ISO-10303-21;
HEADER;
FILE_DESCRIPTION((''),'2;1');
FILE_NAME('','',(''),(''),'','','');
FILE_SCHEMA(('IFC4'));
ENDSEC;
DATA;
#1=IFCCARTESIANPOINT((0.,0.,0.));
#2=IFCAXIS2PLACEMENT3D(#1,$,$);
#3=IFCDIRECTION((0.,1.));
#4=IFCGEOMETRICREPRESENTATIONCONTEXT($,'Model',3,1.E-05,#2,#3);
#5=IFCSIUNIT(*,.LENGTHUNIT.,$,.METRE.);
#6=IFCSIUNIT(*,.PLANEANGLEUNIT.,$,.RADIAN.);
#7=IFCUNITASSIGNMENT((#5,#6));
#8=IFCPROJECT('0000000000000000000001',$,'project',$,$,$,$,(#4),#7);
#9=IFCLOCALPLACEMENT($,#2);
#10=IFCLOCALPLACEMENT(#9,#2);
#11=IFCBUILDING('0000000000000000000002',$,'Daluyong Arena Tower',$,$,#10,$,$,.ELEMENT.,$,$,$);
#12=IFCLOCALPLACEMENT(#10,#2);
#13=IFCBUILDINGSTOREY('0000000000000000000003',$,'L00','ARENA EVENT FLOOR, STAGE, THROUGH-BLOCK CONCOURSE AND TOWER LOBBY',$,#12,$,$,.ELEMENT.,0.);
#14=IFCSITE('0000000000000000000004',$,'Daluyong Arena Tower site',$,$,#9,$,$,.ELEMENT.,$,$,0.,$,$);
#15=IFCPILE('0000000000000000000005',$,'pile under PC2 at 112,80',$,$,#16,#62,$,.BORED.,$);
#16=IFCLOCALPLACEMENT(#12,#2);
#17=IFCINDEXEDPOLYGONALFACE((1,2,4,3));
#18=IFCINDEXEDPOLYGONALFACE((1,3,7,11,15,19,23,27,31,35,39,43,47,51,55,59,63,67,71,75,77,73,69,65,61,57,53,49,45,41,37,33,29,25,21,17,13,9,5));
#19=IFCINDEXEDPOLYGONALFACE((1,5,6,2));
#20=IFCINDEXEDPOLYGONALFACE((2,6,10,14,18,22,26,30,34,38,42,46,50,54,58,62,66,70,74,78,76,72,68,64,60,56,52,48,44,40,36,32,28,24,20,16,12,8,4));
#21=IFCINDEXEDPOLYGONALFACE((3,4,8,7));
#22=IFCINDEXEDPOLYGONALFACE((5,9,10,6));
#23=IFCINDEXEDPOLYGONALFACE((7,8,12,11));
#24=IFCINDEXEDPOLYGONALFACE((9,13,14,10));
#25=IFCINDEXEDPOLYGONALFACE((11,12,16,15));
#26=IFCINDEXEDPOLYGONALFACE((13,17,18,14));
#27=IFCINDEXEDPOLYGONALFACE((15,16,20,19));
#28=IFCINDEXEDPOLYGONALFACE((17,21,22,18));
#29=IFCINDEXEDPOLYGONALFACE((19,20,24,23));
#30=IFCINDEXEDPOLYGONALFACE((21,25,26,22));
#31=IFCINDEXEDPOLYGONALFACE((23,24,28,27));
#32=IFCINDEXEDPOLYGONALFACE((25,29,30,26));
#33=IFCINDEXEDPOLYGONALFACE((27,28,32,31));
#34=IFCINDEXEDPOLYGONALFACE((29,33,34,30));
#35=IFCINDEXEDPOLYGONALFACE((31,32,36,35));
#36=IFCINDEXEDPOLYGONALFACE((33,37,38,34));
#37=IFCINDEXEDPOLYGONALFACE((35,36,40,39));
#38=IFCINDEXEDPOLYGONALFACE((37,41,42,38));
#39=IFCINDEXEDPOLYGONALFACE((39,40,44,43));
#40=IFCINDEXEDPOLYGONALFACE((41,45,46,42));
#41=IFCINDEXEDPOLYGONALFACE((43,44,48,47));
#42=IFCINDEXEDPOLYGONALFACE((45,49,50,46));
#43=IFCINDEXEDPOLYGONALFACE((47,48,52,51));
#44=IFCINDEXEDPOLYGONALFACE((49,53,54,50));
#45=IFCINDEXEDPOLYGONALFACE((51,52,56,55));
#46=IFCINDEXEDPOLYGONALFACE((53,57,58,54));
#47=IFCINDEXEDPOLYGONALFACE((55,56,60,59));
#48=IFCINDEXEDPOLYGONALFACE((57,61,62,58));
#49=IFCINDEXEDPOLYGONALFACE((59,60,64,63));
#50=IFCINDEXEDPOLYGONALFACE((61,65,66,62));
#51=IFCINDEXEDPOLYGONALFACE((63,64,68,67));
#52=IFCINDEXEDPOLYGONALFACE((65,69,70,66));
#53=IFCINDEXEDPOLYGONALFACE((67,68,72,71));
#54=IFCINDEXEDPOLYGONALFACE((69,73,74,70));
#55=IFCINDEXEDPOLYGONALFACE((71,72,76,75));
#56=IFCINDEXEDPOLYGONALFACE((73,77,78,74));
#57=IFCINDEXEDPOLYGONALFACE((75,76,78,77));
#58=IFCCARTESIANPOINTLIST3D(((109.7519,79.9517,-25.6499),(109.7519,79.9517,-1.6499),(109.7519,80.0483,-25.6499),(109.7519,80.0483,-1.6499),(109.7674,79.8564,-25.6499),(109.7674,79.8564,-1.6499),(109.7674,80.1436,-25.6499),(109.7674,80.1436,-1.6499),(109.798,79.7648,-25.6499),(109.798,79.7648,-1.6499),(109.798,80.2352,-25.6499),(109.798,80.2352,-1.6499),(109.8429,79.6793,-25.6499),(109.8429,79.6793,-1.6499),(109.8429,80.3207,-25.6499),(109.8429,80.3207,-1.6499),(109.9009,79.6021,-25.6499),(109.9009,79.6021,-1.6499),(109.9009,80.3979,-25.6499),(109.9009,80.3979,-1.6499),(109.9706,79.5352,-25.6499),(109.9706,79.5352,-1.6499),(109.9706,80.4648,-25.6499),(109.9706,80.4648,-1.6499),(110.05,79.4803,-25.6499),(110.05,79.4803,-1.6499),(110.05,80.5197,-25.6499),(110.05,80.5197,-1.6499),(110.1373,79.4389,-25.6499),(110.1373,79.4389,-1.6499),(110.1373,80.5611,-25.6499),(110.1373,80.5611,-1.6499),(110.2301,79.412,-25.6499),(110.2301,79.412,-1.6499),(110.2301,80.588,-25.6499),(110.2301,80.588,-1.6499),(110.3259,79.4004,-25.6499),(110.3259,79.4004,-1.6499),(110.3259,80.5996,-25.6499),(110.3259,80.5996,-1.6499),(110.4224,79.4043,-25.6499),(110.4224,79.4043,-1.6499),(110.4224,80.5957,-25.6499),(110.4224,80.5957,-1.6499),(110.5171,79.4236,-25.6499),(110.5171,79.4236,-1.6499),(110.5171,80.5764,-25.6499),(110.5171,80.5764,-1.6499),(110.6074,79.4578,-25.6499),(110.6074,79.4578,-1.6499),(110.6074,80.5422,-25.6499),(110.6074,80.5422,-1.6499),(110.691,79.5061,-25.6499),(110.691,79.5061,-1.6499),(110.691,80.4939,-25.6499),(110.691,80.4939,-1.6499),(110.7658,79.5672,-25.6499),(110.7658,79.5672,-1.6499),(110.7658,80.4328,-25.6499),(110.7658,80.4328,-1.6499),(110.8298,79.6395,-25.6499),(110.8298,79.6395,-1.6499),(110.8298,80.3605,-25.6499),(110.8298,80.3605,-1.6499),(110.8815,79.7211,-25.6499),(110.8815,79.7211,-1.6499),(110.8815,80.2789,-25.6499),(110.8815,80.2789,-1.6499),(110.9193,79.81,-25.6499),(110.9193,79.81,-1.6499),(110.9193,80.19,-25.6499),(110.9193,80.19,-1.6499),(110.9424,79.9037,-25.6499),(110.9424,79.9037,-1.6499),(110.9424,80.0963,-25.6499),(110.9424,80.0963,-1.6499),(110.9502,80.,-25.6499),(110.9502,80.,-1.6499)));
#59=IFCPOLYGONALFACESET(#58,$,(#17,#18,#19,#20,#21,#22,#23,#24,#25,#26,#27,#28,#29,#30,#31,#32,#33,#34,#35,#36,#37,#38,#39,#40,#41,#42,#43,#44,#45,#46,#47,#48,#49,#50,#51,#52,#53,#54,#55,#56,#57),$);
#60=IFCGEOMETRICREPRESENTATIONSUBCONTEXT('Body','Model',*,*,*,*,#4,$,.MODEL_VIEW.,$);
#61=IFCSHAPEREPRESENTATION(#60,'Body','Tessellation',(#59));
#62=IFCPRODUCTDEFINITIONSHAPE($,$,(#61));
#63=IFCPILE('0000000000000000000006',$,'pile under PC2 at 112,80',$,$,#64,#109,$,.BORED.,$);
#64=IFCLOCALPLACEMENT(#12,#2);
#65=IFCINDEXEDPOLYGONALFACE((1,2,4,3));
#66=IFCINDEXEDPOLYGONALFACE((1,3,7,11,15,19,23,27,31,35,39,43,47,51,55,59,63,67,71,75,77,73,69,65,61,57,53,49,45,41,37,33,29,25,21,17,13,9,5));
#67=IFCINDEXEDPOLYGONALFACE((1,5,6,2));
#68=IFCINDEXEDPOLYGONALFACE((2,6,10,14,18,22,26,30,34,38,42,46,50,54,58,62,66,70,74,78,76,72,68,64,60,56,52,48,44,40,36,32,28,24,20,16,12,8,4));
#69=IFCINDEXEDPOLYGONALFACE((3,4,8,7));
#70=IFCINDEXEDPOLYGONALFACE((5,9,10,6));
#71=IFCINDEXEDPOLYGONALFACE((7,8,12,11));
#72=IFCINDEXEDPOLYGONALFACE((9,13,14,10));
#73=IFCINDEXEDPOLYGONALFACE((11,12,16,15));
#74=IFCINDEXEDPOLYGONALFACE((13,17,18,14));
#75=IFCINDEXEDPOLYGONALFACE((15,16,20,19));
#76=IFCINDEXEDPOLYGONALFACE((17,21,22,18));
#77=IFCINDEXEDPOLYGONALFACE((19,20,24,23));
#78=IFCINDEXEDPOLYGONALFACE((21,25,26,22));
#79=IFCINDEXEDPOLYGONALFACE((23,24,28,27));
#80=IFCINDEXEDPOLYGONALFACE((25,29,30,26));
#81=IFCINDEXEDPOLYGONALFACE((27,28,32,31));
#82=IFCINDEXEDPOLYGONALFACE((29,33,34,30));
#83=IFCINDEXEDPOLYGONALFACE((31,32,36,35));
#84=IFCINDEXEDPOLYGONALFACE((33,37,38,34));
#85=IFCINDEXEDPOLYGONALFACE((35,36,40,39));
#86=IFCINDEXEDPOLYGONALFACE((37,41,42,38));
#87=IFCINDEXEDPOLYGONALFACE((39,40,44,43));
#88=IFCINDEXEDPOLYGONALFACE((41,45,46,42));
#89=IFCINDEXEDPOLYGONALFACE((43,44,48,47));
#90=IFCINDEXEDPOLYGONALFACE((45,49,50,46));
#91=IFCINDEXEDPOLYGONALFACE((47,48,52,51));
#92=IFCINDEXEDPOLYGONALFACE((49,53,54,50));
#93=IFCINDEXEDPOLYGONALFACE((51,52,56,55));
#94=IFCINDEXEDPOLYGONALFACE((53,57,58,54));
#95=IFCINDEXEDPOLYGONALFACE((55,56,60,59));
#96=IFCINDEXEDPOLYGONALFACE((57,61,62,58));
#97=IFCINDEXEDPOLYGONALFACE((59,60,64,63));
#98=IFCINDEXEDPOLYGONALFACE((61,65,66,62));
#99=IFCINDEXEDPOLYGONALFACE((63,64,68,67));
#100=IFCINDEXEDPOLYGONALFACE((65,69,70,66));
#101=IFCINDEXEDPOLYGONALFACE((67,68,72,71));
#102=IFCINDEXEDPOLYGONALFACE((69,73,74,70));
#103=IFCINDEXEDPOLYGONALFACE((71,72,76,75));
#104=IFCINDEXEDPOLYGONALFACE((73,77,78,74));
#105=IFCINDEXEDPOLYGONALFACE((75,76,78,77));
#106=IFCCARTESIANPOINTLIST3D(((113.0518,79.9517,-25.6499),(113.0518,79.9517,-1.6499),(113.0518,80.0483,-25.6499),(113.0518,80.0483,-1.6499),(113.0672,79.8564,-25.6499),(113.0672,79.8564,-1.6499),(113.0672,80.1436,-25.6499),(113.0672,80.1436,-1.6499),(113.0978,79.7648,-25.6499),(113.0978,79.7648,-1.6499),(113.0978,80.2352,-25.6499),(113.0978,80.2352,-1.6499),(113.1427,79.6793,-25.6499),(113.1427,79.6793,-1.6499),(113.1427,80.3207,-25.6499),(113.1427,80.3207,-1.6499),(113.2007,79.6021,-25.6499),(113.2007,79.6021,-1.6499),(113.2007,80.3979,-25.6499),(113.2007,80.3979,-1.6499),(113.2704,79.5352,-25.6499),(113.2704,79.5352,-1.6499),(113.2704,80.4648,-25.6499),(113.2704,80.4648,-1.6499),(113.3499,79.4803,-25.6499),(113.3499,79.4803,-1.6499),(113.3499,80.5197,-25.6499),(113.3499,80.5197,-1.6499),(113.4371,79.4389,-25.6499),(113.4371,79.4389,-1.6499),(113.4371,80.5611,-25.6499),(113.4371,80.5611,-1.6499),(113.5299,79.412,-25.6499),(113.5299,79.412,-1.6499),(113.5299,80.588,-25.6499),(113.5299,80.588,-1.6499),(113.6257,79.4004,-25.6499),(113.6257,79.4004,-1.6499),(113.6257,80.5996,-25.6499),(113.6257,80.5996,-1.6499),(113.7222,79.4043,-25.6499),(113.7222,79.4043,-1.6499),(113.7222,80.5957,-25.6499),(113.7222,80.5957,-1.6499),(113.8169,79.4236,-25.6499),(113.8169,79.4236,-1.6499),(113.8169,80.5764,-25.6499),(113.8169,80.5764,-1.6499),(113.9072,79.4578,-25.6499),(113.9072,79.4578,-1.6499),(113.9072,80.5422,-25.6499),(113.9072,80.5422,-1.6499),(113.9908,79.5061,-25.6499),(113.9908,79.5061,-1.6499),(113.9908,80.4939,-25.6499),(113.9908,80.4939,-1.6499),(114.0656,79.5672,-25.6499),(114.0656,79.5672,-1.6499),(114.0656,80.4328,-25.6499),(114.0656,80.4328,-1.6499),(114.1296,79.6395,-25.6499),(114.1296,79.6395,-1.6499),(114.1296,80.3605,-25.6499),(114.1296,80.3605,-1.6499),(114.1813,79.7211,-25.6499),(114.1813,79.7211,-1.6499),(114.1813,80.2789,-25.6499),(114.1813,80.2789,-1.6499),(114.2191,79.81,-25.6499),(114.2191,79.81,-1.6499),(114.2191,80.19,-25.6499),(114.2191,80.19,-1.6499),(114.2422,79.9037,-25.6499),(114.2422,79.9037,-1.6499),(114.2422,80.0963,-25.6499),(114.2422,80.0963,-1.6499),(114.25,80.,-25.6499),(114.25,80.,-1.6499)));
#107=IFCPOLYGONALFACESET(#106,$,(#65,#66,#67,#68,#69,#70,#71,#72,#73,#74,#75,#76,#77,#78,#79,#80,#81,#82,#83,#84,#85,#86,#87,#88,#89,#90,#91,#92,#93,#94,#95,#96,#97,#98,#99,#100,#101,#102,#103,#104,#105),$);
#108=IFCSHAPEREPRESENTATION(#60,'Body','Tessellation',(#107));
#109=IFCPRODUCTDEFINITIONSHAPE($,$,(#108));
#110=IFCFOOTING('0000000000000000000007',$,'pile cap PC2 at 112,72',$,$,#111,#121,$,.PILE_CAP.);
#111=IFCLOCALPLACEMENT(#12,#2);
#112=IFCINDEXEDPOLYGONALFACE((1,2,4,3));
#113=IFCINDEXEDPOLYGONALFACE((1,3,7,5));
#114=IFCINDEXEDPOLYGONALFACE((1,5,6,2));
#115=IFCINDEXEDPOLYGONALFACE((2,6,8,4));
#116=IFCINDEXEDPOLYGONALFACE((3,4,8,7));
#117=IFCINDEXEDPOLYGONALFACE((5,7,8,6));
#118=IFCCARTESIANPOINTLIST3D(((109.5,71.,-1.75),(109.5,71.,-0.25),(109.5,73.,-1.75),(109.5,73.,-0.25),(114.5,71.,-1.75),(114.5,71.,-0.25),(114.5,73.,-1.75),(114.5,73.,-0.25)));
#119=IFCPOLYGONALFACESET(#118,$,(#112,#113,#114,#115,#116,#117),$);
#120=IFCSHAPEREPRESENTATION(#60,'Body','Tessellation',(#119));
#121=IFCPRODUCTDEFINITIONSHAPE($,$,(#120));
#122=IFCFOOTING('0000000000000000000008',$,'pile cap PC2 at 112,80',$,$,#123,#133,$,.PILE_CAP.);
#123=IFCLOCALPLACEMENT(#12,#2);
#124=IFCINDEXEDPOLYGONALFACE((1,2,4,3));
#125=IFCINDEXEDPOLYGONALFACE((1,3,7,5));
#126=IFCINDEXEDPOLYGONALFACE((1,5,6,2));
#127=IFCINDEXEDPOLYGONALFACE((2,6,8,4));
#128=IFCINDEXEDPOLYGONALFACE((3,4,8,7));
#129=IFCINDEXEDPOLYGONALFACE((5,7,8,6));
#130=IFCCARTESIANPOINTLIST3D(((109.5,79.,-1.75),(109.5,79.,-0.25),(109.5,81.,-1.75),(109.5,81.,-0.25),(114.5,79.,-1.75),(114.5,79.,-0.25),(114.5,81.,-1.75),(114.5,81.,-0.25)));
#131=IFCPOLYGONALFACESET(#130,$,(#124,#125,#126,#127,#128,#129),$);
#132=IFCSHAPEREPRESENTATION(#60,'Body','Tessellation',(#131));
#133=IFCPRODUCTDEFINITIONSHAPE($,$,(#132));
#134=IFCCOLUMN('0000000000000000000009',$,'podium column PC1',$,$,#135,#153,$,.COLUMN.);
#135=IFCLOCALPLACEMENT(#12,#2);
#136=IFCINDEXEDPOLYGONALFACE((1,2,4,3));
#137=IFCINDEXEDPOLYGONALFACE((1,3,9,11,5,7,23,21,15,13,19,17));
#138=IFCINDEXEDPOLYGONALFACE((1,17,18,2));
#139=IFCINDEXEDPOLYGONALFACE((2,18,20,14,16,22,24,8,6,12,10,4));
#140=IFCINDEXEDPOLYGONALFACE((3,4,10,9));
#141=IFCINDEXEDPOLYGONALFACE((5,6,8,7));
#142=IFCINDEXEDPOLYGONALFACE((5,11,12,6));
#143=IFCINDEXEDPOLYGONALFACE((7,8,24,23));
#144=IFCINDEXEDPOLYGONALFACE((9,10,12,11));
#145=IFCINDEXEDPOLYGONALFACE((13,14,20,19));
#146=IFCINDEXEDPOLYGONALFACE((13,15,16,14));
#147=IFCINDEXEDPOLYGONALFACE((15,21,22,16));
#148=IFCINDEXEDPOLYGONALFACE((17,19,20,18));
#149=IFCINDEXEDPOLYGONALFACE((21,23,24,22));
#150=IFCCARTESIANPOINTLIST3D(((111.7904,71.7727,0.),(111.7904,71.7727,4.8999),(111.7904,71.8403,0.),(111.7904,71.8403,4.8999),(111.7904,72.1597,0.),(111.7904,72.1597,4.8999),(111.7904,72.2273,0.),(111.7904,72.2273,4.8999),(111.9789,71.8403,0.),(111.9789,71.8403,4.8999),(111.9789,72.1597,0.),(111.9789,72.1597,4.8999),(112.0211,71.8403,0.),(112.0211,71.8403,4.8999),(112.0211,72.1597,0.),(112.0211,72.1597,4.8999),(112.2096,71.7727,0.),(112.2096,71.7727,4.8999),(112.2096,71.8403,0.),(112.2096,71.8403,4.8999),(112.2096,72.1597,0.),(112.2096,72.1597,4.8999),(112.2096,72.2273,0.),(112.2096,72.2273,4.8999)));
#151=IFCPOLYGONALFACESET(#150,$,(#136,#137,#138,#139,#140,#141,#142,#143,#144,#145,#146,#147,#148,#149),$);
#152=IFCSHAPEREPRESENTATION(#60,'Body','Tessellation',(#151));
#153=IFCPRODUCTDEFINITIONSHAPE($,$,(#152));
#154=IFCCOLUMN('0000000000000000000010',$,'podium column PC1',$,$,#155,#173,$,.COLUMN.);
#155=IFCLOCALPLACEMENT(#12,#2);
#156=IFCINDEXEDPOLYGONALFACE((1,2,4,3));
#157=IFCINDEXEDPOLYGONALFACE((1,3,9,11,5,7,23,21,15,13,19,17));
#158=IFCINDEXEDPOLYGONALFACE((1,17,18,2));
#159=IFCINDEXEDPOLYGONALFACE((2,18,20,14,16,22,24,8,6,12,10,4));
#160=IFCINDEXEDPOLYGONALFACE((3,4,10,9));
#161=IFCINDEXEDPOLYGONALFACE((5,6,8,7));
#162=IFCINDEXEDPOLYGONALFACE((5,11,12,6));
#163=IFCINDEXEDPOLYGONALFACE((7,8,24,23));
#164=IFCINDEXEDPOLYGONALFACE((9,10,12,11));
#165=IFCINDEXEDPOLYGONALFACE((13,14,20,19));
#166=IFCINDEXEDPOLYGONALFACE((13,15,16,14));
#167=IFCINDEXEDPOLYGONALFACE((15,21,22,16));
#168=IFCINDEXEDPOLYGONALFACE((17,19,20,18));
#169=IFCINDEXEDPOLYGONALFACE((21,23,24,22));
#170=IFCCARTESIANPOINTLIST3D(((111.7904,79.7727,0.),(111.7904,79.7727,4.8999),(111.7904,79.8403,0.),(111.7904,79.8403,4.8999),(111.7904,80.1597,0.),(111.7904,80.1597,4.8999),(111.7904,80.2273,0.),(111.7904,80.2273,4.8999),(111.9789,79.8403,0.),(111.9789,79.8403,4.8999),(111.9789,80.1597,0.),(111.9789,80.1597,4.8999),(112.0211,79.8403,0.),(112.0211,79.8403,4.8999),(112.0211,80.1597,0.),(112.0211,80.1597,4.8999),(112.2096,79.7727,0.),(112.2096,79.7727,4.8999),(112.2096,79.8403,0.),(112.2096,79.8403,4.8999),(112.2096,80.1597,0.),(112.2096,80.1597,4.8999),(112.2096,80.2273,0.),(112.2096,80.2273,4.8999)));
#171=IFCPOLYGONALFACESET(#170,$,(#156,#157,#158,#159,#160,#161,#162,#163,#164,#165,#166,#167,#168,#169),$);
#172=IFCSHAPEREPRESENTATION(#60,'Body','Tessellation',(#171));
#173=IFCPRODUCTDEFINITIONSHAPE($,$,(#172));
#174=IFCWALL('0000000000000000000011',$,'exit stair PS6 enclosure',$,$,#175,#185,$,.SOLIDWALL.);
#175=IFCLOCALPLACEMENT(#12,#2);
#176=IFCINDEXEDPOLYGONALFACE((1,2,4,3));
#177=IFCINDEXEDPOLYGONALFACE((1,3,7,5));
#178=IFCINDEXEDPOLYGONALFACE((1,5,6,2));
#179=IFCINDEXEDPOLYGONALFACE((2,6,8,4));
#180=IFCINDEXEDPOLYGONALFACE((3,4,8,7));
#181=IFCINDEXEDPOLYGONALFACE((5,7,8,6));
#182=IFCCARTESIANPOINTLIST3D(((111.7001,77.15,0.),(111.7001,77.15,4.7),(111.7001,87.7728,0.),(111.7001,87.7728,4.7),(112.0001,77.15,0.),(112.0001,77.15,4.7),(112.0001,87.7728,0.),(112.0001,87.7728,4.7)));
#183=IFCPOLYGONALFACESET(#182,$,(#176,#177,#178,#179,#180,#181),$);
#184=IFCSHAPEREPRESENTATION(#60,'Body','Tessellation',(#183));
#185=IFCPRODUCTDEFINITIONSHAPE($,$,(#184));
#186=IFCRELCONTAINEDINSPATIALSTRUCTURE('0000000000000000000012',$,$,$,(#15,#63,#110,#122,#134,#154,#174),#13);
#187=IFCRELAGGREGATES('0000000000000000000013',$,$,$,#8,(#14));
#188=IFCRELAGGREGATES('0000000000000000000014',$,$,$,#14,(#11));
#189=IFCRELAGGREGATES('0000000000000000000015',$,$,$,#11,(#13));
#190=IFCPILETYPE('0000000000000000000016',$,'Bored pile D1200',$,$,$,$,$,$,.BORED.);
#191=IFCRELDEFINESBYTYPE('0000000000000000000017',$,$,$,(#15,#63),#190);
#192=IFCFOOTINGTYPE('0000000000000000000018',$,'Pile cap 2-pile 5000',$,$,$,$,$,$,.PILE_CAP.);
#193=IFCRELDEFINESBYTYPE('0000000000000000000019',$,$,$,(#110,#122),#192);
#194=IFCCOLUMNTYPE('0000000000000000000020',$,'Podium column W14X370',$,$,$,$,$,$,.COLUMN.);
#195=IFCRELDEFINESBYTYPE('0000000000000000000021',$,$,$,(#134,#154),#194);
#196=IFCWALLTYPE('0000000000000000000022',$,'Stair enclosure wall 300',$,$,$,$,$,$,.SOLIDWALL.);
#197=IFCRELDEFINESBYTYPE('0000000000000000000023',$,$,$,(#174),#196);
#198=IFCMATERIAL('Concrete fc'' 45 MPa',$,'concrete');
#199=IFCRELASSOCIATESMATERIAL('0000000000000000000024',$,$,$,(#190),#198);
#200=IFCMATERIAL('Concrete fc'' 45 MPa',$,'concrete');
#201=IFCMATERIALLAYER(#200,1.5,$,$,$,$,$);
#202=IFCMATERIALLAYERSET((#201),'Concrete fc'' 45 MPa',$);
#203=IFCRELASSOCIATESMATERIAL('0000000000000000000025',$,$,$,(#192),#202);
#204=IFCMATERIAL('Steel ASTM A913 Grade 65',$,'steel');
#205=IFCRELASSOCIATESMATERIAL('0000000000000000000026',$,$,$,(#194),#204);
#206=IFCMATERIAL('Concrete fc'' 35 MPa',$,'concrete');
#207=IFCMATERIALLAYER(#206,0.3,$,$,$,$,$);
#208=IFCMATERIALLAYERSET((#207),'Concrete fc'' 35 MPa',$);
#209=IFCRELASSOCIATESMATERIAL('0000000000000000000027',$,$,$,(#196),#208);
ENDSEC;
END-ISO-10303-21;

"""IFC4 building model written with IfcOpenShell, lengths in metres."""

from ifc_helpers import new_model, si_unit, direction, frame, frame_2d, origin, origin_2d, place, context, subcontext, project, spatial, rectangle, circle, i_section, extrude, material, layer, layer_set, material_profile, profile_set, type_object, element, save


model = new_model("IFC4")

# Units and contexts
model_context = context("Model", 3, precision=1e-05, world=origin(), true_north=direction((0.0, 1.0)))
body_context = subcontext(model_context, "Body", "Model", "MODEL_VIEW")
ifc_project = project(units=[si_unit("LENGTHUNIT", "METRE"), si_unit("PLANEANGLEUNIT", "RADIAN")], contexts=[model_context])

# Site, building, storey
site_placement = place(None, origin())
site = spatial("IfcSite", under=ifc_project, at=site_placement, Name="Daluyong Arena Tower site", CompositionType="ELEMENT", RefElevation=0.0)
building_placement = place(site_placement, origin())
building = spatial("IfcBuilding", under=site, at=building_placement, Name="Daluyong Arena Tower", CompositionType="ELEMENT")
storey_placement = place(building_placement, origin())
storey = spatial("IfcBuildingStorey", under=building, at=storey_placement, Name="L00", Description="ARENA EVENT FLOOR, STAGE, THROUGH-BLOCK CONCOURSE AND TOWER LOBBY", CompositionType="ELEMENT", Elevation=0.0)

# Piles
ifc_material_1 = material(Name="Concrete fc' 45 MPa", Category="concrete")
pile_type = type_object("IfcPileType", Name="Bored pile D1200", PredefinedType="BORED", material=ifc_material_1)
for number, where, z_axis, x_axis, name in (
    (1, (110.3501, 80.0, -1.6499), (0.0, 0.0, -1.0), (1.0, 0.0, 0.0), "pile under PC2 at 112,80"),
    (2, (113.6499, 80.0, -1.6499), (0.0, 0.0, -1.0), (1.0, 0.0, 0.0), "pile under PC2 at 112,80"),
):
    element("IfcPile", number, at=place(storey_placement, frame(where, z_axis=z_axis, x_axis=x_axis)), inside=storey, type_object=pile_type, Name=name, PredefinedType="BORED", context=body_context, shape_type="SweptSolid", body=[
        extrude(circle(Radius=0.6001, at=origin_2d()), origin(), (0.0, 0.0, 1.0), 24.0),
    ])

# Footings
ifc_material_2 = material(Name="Concrete fc' 45 MPa", Category="concrete")
ifc_layer_1 = layer(ifc_material_2, 1.5)
ifc_layer_set_1 = layer_set([ifc_layer_1], Name="Concrete fc' 45 MPa")
footing_type = type_object("IfcFootingType", Name="Pile cap 2-pile 5000", PredefinedType="PILE_CAP", material=ifc_layer_set_1)
for number, where, z_axis, x_axis, name in (
    (3, (112.0, 72.0, -1.75), (0.0, 0.0, 1.0), (1.0, 0.0, 0.0), "pile cap PC2 at 112,72"),
    (4, (112.0, 80.0, -1.75), (0.0, 0.0, 1.0), (1.0, 0.0, 0.0), "pile cap PC2 at 112,80"),
):
    element("IfcFooting", number, at=place(storey_placement, frame(where, z_axis=z_axis, x_axis=x_axis)), inside=storey, type_object=footing_type, Name=name, PredefinedType="PILE_CAP", context=body_context, shape_type="SweptSolid", body=[
        extrude(rectangle(XDim=5.0, YDim=2.0, at=origin_2d()), origin(), (0.0, 0.0, 1.0), 1.5),
    ])

# Columns
ifc_material_3 = material(Name="Steel ASTM A913 Grade 65", Category="steel")
ifc_material_profile = material_profile(ifc_material_3, i_section(OverallWidth=0.4192, OverallDepth=0.4546, WebThickness=0.0422, FlangeThickness=0.0676, at=origin_2d()))
ifc_profile_set = profile_set([ifc_material_profile], Name="Steel ASTM A913 Grade 65")
column_type = type_object("IfcColumnType", Name="Podium column W14X370", PredefinedType="COLUMN", material=ifc_profile_set)
for number, where, z_axis, x_axis, name in (
    (5, (112.0, 72.0, 0.0), (0.0, 0.0, 1.0), (1.0, 0.0, 0.0), "podium column PC1"),
    (6, (112.0, 80.0, 0.0), (0.0, 0.0, 1.0), (1.0, 0.0, 0.0), "podium column PC1"),
):
    element("IfcColumn", number, at=place(storey_placement, frame(where, z_axis=z_axis, x_axis=x_axis)), inside=storey, type_object=column_type, Name=name, PredefinedType="COLUMN", context=body_context, shape_type="SweptSolid", body=[
        extrude(i_section(OverallWidth=0.4192, OverallDepth=0.4546, WebThickness=0.0422, FlangeThickness=0.0676, at=origin_2d()), origin(), (0.0, 0.0, 1.0), 4.8999),
    ])

# Wall
ifc_material_4 = material(Name="Concrete fc' 35 MPa", Category="concrete")
ifc_layer_2 = layer(ifc_material_4, 0.3)
ifc_layer_set_2 = layer_set([ifc_layer_2], Name="Concrete fc' 35 MPa")
wall_type = type_object("IfcWallType", Name="Stair enclosure wall 300", PredefinedType="SOLIDWALL", material=ifc_layer_set_2)
wall_1_placement = place(storey_placement, frame((111.8501, 77.1499, 0.0), z_axis=(0.0, 0.0, 1.0), x_axis=(0.0, 1.0, 0.0)))
element("IfcWall", 7, at=wall_1_placement, inside=storey, type_object=wall_type, Name="exit stair PS6 enclosure", PredefinedType="SOLIDWALL", context=body_context, shape_type="SweptSolid", body=[
    extrude(rectangle(XDim=10.6228, YDim=0.3, at=frame_2d((5.3115, 0.0))), origin(), (0.0, 0.0, 1.0), 4.7),
])

save(model, "model.ifc")
